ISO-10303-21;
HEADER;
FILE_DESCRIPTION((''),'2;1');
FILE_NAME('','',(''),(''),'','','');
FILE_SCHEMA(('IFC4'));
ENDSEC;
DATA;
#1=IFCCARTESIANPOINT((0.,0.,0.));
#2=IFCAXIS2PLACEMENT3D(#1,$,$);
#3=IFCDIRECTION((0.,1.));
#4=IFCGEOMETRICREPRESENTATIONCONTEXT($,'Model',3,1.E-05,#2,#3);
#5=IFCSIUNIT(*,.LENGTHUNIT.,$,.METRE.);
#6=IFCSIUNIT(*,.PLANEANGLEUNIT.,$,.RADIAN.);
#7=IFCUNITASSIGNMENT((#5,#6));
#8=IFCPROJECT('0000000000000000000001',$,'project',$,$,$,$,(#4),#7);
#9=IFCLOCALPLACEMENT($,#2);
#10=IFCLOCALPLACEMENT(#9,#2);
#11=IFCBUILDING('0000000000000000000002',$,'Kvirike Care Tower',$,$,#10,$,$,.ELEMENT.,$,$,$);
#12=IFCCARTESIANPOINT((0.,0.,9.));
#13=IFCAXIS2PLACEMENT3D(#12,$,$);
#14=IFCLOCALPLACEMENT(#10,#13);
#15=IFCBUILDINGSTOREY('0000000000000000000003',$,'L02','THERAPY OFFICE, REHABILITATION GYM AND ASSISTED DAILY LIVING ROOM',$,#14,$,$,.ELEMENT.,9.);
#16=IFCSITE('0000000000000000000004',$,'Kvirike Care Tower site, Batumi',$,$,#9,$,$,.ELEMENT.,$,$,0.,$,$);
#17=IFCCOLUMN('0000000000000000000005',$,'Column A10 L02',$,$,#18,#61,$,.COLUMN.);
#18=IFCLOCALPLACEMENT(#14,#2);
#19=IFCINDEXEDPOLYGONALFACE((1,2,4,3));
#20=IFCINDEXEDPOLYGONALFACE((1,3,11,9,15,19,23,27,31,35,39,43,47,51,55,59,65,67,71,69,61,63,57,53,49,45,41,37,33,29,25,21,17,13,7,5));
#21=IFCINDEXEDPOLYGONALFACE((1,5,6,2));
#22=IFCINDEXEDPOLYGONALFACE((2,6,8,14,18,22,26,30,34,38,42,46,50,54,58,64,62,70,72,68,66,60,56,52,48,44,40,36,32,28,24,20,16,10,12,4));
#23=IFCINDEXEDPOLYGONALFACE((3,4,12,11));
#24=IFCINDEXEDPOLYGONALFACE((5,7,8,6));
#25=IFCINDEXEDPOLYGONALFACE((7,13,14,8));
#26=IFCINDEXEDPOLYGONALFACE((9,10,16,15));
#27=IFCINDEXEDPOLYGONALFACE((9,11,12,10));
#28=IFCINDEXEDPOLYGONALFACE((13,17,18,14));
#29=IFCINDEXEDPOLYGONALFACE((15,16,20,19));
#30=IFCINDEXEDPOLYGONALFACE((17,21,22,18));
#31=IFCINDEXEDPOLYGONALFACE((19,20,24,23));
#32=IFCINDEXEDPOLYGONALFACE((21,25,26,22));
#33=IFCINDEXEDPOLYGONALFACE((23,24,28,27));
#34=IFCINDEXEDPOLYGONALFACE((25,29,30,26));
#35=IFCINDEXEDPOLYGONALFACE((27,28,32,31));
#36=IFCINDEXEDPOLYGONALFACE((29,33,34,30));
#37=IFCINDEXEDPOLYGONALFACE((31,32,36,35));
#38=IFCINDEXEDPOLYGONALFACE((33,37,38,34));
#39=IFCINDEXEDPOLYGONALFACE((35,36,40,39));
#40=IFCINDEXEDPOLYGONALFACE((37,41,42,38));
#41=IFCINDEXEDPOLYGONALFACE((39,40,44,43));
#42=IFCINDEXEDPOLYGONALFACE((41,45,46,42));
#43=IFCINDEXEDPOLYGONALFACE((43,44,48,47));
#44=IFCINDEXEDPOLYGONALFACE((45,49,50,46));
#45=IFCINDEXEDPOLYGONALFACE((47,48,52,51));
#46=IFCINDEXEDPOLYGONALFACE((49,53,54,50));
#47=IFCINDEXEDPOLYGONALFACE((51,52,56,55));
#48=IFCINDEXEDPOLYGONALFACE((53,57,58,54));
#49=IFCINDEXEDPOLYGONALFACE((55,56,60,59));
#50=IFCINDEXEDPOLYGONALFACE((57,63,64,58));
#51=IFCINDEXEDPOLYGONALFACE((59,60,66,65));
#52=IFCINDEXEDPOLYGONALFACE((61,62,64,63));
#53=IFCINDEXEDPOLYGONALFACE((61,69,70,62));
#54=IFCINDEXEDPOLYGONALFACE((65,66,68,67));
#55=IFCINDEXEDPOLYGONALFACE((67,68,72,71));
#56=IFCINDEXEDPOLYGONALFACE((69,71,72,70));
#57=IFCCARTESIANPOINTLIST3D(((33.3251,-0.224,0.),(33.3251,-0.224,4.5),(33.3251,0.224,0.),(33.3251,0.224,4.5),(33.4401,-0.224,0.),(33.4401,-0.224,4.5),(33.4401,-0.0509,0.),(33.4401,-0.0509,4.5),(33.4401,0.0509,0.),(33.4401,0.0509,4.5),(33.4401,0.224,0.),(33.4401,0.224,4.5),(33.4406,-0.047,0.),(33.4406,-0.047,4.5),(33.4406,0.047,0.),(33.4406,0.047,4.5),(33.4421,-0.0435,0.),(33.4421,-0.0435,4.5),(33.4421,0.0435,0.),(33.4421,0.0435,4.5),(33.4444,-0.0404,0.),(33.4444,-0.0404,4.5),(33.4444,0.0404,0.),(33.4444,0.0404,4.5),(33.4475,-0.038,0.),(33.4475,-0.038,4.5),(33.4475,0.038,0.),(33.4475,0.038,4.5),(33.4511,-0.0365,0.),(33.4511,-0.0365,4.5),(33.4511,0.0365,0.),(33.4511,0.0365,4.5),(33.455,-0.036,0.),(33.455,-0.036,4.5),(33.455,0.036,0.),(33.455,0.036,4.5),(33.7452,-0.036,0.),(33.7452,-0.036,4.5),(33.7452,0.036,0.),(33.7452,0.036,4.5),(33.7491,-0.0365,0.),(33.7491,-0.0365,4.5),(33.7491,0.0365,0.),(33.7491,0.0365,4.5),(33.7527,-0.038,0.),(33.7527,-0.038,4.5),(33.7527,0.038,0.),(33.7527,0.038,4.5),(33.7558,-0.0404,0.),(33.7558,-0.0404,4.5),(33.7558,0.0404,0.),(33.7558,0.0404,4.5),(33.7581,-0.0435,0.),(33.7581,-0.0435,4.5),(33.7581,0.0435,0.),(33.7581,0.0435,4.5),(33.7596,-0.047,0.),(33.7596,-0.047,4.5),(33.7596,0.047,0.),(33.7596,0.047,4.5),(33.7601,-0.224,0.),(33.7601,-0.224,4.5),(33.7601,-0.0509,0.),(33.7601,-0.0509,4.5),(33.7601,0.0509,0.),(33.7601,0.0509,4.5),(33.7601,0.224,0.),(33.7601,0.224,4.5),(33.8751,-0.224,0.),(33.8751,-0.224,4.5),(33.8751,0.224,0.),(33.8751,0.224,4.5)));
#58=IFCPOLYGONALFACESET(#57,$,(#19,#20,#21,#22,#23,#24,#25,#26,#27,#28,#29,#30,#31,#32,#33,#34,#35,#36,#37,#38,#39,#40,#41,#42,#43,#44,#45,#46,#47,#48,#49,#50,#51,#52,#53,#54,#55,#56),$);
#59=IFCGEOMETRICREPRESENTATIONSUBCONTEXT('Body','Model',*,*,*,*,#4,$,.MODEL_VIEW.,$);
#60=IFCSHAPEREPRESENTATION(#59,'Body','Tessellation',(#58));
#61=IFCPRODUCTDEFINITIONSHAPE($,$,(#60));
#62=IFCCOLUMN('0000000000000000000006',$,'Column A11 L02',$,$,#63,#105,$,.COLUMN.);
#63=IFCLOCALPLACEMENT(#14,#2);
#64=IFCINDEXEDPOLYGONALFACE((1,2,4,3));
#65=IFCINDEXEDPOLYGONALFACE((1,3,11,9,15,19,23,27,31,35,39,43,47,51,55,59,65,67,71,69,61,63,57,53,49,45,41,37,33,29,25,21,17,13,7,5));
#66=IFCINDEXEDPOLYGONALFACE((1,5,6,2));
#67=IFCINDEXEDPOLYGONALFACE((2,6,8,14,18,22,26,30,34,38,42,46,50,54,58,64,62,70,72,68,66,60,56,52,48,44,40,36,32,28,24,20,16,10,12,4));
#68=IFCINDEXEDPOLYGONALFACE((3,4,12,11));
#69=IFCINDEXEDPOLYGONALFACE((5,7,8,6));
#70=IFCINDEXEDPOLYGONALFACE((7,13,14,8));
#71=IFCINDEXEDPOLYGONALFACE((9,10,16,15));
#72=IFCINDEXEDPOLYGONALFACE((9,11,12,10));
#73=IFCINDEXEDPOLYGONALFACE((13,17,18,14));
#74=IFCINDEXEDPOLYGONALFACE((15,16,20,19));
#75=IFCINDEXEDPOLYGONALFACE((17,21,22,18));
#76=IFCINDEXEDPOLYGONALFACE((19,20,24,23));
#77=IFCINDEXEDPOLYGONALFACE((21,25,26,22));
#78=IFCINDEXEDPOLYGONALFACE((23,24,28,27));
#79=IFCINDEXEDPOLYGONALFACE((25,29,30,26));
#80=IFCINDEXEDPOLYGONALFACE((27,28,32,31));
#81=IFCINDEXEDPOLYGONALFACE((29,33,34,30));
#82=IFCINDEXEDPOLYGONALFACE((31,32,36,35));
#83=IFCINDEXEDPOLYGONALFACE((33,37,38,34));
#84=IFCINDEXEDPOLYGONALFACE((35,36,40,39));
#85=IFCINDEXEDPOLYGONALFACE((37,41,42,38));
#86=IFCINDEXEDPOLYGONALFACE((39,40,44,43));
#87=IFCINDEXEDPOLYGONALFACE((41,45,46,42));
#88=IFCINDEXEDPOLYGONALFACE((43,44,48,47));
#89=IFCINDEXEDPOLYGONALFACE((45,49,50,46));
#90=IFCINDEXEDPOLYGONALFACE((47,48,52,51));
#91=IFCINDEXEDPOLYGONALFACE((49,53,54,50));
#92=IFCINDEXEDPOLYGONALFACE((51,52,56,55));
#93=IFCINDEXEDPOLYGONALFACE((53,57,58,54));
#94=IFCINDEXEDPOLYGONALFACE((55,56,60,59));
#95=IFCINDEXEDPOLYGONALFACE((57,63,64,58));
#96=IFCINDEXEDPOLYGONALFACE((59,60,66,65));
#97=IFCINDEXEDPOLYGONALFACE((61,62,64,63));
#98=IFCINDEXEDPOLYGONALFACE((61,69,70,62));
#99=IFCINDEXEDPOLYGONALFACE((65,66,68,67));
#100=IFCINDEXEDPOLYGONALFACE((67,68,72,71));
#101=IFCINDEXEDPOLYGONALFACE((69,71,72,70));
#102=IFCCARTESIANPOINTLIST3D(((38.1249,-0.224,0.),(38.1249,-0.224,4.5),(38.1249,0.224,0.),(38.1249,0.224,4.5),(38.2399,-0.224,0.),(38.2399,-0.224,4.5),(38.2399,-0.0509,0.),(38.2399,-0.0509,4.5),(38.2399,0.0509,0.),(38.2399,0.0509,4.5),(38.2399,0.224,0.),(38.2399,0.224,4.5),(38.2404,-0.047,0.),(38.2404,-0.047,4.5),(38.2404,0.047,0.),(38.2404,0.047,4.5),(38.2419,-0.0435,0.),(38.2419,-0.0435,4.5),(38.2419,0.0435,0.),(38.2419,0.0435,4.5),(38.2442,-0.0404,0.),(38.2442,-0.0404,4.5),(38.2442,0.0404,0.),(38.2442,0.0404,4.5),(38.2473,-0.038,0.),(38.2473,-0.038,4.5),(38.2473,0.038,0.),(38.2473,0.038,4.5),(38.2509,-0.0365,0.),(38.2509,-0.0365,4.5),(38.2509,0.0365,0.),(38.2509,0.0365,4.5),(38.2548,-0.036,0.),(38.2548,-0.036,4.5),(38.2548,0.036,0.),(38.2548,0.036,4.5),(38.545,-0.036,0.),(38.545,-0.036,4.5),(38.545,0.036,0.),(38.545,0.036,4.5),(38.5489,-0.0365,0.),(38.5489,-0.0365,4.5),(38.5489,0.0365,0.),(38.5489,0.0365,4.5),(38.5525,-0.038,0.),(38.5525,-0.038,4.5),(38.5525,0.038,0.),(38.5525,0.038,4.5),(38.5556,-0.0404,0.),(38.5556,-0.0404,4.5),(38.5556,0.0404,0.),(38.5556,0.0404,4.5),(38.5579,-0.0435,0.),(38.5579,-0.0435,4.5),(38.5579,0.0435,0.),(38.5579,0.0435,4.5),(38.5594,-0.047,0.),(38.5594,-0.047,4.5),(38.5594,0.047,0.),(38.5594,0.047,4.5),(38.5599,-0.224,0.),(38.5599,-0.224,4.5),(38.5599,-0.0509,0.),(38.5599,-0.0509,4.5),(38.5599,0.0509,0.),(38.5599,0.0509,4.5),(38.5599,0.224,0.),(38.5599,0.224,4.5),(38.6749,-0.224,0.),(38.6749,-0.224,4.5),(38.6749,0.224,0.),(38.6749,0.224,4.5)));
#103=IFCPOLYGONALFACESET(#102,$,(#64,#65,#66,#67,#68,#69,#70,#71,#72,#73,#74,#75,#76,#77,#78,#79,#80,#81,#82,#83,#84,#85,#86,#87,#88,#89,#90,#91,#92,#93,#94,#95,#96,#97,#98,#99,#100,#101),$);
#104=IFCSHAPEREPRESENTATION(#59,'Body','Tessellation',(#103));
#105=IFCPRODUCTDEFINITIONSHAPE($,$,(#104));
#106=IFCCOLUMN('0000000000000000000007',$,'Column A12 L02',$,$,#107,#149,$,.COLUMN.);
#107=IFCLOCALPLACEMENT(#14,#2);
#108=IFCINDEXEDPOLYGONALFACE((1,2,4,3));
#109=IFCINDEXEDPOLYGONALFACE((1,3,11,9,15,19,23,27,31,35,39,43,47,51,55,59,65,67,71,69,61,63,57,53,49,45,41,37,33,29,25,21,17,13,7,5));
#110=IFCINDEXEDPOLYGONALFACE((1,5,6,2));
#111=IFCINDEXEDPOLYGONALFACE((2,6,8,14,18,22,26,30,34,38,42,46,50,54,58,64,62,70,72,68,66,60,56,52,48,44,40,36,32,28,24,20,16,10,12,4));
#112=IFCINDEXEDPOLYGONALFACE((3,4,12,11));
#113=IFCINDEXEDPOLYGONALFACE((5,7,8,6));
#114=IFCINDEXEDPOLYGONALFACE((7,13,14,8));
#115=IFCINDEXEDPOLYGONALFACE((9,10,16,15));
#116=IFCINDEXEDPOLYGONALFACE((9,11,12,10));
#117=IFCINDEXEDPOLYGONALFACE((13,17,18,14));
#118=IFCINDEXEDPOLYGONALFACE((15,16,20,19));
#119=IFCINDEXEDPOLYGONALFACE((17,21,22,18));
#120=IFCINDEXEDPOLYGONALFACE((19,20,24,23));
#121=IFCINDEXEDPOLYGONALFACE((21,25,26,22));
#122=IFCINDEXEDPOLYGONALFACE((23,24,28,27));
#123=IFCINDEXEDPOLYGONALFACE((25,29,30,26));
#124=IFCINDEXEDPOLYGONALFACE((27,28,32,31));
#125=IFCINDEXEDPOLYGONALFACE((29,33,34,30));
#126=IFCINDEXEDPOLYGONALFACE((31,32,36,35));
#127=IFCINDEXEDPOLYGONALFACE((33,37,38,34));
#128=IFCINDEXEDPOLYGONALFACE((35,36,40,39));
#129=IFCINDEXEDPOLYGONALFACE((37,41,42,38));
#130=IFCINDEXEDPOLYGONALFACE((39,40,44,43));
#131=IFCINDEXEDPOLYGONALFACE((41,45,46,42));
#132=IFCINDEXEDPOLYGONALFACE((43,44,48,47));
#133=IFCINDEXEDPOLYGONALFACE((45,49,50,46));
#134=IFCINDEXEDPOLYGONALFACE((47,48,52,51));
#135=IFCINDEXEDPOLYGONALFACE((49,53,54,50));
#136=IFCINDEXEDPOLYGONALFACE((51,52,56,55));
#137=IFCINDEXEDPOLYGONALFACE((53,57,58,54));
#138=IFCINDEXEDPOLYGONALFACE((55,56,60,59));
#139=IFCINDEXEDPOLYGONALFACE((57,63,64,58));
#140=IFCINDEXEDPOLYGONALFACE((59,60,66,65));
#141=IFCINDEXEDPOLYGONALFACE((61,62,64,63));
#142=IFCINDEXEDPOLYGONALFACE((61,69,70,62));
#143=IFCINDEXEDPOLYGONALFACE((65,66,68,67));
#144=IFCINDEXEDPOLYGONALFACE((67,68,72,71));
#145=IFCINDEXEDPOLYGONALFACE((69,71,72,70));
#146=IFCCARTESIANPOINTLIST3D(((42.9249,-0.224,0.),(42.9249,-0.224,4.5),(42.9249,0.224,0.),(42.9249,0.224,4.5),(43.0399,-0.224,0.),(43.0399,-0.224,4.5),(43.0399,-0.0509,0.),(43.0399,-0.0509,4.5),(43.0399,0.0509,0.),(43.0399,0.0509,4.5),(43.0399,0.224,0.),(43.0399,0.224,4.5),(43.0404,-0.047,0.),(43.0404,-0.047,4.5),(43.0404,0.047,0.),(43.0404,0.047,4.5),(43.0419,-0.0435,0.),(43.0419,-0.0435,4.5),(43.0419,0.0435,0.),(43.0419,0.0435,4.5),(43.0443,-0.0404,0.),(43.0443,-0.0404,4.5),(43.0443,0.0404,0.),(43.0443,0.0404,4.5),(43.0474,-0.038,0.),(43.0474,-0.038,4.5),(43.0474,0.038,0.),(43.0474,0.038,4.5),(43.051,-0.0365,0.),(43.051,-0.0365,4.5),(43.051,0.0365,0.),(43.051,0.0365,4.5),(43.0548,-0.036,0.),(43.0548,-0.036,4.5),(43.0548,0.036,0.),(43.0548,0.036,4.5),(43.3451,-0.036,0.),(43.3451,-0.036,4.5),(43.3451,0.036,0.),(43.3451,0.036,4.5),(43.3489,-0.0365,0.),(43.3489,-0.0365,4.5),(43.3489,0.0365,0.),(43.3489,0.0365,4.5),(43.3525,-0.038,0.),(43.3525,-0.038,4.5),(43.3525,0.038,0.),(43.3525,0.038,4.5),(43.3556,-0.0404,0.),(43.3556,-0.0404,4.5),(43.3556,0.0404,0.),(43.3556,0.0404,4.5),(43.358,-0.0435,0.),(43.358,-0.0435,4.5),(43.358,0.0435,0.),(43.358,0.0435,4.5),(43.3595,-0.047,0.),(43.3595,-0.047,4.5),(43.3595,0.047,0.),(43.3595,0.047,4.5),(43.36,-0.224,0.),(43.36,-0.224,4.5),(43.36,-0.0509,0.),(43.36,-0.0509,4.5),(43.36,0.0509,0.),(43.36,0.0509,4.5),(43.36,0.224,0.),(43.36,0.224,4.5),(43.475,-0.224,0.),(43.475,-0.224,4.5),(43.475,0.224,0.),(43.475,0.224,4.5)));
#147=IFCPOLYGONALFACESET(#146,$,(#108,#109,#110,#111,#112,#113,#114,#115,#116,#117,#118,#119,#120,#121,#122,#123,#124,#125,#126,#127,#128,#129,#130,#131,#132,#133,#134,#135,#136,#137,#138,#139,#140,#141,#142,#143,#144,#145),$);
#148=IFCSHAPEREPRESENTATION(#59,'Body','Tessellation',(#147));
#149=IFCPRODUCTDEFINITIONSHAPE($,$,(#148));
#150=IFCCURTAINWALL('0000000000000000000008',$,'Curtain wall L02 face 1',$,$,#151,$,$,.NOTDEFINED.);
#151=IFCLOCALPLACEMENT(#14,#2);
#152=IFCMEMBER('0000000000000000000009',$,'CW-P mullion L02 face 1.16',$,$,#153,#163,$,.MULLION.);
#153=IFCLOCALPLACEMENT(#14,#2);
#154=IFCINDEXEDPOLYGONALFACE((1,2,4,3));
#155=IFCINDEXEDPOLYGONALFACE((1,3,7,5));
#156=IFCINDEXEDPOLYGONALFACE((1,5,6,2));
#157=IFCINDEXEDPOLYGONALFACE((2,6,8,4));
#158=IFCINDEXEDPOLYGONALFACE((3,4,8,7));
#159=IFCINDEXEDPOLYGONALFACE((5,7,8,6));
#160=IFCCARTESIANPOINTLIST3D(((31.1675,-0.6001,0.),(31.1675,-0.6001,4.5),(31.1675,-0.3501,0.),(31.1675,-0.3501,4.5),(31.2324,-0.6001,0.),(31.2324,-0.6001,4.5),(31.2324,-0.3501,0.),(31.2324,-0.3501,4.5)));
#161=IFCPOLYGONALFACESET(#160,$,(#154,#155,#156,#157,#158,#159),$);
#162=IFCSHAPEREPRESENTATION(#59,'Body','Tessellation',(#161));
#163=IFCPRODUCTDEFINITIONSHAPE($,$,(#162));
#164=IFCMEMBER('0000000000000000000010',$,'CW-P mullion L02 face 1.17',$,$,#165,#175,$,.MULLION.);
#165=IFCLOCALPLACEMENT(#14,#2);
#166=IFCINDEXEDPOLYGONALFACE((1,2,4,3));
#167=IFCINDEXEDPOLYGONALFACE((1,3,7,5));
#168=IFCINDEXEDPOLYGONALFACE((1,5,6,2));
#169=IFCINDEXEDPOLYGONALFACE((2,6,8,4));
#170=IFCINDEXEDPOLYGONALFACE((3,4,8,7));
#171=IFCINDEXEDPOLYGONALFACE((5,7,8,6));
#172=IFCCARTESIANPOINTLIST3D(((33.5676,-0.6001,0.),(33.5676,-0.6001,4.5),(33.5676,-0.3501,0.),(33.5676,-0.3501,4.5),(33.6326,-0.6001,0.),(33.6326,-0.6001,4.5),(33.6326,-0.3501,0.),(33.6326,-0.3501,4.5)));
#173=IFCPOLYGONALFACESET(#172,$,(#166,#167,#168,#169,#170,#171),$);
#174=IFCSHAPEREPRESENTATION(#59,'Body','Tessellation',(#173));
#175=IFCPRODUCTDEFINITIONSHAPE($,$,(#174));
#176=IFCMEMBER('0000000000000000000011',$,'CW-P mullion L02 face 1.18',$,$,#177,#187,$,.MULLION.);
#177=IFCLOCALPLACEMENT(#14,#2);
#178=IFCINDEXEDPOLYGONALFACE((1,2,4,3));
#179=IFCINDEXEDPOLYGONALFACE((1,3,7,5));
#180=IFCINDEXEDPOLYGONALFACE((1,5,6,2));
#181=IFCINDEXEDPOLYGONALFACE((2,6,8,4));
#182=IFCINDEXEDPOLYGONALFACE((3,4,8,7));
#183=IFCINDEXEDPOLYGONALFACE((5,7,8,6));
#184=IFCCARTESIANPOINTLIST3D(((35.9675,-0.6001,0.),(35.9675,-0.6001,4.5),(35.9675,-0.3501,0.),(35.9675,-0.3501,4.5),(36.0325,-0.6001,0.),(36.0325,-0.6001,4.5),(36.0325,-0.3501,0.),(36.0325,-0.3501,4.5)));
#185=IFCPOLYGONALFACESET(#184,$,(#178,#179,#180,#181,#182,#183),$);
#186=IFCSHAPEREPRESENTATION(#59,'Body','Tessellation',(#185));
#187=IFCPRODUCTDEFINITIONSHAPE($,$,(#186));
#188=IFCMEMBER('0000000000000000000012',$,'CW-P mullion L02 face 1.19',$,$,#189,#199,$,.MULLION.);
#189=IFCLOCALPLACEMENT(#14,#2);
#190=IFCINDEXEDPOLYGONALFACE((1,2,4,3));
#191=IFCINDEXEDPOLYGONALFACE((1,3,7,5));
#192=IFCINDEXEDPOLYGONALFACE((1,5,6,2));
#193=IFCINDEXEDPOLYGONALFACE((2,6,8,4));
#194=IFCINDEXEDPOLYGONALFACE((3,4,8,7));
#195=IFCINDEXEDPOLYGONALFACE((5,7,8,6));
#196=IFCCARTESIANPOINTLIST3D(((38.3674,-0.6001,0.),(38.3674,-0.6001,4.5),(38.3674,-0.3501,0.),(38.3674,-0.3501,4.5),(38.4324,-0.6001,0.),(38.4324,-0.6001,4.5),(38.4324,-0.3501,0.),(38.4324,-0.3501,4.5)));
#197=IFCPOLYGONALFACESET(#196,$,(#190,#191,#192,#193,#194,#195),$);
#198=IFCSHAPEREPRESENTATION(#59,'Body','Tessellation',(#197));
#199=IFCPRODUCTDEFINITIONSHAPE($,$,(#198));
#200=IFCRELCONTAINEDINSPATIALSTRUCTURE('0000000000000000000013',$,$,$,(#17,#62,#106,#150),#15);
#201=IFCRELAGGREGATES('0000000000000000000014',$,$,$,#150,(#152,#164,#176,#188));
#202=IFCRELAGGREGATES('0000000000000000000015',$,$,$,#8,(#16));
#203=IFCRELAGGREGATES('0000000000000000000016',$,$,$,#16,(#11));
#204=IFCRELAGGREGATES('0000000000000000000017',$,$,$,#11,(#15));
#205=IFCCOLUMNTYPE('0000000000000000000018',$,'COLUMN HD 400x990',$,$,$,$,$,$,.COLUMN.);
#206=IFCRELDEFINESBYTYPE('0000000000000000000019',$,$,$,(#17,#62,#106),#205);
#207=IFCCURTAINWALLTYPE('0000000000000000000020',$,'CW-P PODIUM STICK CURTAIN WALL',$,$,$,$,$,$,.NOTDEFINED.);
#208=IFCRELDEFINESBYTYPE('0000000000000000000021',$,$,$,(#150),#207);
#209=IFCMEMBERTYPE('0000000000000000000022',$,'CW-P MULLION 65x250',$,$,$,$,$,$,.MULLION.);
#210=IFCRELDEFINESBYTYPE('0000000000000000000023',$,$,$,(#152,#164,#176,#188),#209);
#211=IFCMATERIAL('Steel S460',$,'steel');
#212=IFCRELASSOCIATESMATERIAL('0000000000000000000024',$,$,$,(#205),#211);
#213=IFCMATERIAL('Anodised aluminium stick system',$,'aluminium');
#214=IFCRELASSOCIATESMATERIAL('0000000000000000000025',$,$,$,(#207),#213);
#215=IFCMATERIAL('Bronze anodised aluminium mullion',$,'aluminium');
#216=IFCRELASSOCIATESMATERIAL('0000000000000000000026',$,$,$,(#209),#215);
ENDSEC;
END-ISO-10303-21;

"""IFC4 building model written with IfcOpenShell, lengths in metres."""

from ifc_helpers import new_model, si_unit, direction, frame, origin, origin_2d, place, context, subcontext, project, spatial, rectangle, i_section, extrude, material, material_profile, profile_set, type_object, element, aggregate, save


model = new_model("IFC4")

# Units and contexts
model_context = context("Model", 3, precision=1e-05, world=origin(), true_north=direction((0.0, 1.0)))
body_context = subcontext(model_context, "Body", "Model", "MODEL_VIEW")
ifc_project = project(units=[si_unit("LENGTHUNIT", "METRE"), si_unit("PLANEANGLEUNIT", "RADIAN")], contexts=[model_context])

# Site, building, storey
site_placement = place(None, origin())
site = spatial("IfcSite", under=ifc_project, at=site_placement, Name="Kvirike Care Tower site, Batumi", CompositionType="ELEMENT", RefElevation=0.0)
building_placement = place(site_placement, origin())
building = spatial("IfcBuilding", under=site, at=building_placement, Name="Kvirike Care Tower", CompositionType="ELEMENT")
storey_placement = place(building_placement, frame((0.0, 0.0, 9.0)))
storey = spatial("IfcBuildingStorey", under=building, at=storey_placement, Name="L02", Description="THERAPY OFFICE, REHABILITATION GYM AND ASSISTED DAILY LIVING ROOM", CompositionType="ELEMENT", Elevation=9.0)

# Columns
ifc_material_1 = material(Name="Steel S460", Category="steel")
ifc_material_profile_1 = material_profile(ifc_material_1, i_section(OverallWidth=0.448, OverallDepth=0.55, WebThickness=0.072, FlangeThickness=0.115, FilletRadius=0.0149, at=origin_2d()), Name="HD 400x990")
ifc_profile_set_1 = profile_set([ifc_material_profile_1], Name="Steel S460")
column_type = type_object("IfcColumnType", Name="COLUMN HD 400x990", PredefinedType="COLUMN", material=ifc_profile_set_1)
for number, where, z_axis, x_axis, name in (
    (1, (33.6001, 0.0, 0.0), (0.0, 0.0, 1.0), (0.0, 1.0, 0.0), "Column A10 L02"),
    (2, (38.3999, 0.0, 0.0), (0.0, 0.0, 1.0), (0.0, 1.0, 0.0), "Column A11 L02"),
    (3, (43.2, 0.0, 0.0), (0.0, 0.0, 1.0), (0.0, 1.0, 0.0), "Column A12 L02"),
):
    element("IfcColumn", number, at=place(storey_placement, frame(where, z_axis=z_axis, x_axis=x_axis)), inside=storey, type_object=column_type, Name=name, PredefinedType="COLUMN", context=body_context, shape_type="SweptSolid", body=[
        extrude(i_section(OverallWidth=0.448, OverallDepth=0.55, WebThickness=0.072, FlangeThickness=0.115, FilletRadius=0.0149, at=origin_2d()), origin(), (0.0, 0.0, 1.0), 4.5),
    ])

# Curtain wall, members
ifc_material_2 = material(Name="Anodised aluminium stick system", Category="aluminium")
curtain_wall_type = type_object("IfcCurtainWallType", Name="CW-P PODIUM STICK CURTAIN WALL", PredefinedType="NOTDEFINED", material=ifc_material_2)
curtain_wall_placement = place(storey_placement, origin())
curtain_wall = element("IfcCurtainWall", 4, at=curtain_wall_placement, inside=storey, type_object=curtain_wall_type, Name="Curtain wall L02 face 1", PredefinedType="NOTDEFINED")
ifc_material_3 = material(Name="Bronze anodised aluminium mullion", Category="aluminium")
ifc_material_profile_2 = material_profile(ifc_material_3, rectangle(XDim=0.0649, YDim=0.25, at=origin_2d()), Name="CW-P MULLION 65x250")
ifc_profile_set_2 = profile_set([ifc_material_profile_2], Name="Bronze anodised aluminium mullion")
member_type_1 = type_object("IfcMemberType", Name="CW-P MULLION 65x250", PredefinedType="MULLION", material=ifc_profile_set_2)
member_1_placement = place(storey_placement, frame((31.2, -0.4751, 0.0), z_axis=(0.0, 0.0, 1.0), x_axis=(1.0, 0.0, 0.0)))
member_1 = element("IfcMember", 5, at=member_1_placement, type_object=member_type_1, Name="CW-P mullion L02 face 1.16", PredefinedType="MULLION", context=body_context, shape_type="SweptSolid", body=[
    extrude(rectangle(XDim=0.0649, YDim=0.25, at=origin_2d()), origin(), (0.0, 0.0, 1.0), 4.5),
])
member_2_placement = place(storey_placement, frame((33.6001, -0.4751, 0.0), z_axis=(0.0, 0.0, 1.0), x_axis=(1.0, 0.0, 0.0)))
member_2 = element("IfcMember", 6, at=member_2_placement, type_object=member_type_1, Name="CW-P mullion L02 face 1.17", PredefinedType="MULLION", context=body_context, shape_type="SweptSolid", body=[
    extrude(rectangle(XDim=0.0649, YDim=0.25, at=origin_2d()), origin(), (0.0, 0.0, 1.0), 4.5),
])
member_3_placement = place(storey_placement, frame((36.0, -0.4751, 0.0), z_axis=(0.0, 0.0, 1.0), x_axis=(1.0, 0.0, 0.0)))
member_3 = element("IfcMember", 7, at=member_3_placement, type_object=member_type_1, Name="CW-P mullion L02 face 1.18", PredefinedType="MULLION", context=body_context, shape_type="SweptSolid", body=[
    extrude(rectangle(XDim=0.0649, YDim=0.25, at=origin_2d()), origin(), (0.0, 0.0, 1.0), 4.5),
])
member_4_placement = place(storey_placement, frame((38.3999, -0.4751, 0.0), z_axis=(0.0, 0.0, 1.0), x_axis=(1.0, 0.0, 0.0)))
member_4 = element("IfcMember", 8, at=member_4_placement, type_object=member_type_1, Name="CW-P mullion L02 face 1.19", PredefinedType="MULLION", context=body_context, shape_type="SweptSolid", body=[
    extrude(rectangle(XDim=0.0649, YDim=0.25, at=origin_2d()), origin(), (0.0, 0.0, 1.0), 4.5),
])

aggregate(curtain_wall, [member_1, member_2, member_3, member_4])

save(model, "model.ifc")
